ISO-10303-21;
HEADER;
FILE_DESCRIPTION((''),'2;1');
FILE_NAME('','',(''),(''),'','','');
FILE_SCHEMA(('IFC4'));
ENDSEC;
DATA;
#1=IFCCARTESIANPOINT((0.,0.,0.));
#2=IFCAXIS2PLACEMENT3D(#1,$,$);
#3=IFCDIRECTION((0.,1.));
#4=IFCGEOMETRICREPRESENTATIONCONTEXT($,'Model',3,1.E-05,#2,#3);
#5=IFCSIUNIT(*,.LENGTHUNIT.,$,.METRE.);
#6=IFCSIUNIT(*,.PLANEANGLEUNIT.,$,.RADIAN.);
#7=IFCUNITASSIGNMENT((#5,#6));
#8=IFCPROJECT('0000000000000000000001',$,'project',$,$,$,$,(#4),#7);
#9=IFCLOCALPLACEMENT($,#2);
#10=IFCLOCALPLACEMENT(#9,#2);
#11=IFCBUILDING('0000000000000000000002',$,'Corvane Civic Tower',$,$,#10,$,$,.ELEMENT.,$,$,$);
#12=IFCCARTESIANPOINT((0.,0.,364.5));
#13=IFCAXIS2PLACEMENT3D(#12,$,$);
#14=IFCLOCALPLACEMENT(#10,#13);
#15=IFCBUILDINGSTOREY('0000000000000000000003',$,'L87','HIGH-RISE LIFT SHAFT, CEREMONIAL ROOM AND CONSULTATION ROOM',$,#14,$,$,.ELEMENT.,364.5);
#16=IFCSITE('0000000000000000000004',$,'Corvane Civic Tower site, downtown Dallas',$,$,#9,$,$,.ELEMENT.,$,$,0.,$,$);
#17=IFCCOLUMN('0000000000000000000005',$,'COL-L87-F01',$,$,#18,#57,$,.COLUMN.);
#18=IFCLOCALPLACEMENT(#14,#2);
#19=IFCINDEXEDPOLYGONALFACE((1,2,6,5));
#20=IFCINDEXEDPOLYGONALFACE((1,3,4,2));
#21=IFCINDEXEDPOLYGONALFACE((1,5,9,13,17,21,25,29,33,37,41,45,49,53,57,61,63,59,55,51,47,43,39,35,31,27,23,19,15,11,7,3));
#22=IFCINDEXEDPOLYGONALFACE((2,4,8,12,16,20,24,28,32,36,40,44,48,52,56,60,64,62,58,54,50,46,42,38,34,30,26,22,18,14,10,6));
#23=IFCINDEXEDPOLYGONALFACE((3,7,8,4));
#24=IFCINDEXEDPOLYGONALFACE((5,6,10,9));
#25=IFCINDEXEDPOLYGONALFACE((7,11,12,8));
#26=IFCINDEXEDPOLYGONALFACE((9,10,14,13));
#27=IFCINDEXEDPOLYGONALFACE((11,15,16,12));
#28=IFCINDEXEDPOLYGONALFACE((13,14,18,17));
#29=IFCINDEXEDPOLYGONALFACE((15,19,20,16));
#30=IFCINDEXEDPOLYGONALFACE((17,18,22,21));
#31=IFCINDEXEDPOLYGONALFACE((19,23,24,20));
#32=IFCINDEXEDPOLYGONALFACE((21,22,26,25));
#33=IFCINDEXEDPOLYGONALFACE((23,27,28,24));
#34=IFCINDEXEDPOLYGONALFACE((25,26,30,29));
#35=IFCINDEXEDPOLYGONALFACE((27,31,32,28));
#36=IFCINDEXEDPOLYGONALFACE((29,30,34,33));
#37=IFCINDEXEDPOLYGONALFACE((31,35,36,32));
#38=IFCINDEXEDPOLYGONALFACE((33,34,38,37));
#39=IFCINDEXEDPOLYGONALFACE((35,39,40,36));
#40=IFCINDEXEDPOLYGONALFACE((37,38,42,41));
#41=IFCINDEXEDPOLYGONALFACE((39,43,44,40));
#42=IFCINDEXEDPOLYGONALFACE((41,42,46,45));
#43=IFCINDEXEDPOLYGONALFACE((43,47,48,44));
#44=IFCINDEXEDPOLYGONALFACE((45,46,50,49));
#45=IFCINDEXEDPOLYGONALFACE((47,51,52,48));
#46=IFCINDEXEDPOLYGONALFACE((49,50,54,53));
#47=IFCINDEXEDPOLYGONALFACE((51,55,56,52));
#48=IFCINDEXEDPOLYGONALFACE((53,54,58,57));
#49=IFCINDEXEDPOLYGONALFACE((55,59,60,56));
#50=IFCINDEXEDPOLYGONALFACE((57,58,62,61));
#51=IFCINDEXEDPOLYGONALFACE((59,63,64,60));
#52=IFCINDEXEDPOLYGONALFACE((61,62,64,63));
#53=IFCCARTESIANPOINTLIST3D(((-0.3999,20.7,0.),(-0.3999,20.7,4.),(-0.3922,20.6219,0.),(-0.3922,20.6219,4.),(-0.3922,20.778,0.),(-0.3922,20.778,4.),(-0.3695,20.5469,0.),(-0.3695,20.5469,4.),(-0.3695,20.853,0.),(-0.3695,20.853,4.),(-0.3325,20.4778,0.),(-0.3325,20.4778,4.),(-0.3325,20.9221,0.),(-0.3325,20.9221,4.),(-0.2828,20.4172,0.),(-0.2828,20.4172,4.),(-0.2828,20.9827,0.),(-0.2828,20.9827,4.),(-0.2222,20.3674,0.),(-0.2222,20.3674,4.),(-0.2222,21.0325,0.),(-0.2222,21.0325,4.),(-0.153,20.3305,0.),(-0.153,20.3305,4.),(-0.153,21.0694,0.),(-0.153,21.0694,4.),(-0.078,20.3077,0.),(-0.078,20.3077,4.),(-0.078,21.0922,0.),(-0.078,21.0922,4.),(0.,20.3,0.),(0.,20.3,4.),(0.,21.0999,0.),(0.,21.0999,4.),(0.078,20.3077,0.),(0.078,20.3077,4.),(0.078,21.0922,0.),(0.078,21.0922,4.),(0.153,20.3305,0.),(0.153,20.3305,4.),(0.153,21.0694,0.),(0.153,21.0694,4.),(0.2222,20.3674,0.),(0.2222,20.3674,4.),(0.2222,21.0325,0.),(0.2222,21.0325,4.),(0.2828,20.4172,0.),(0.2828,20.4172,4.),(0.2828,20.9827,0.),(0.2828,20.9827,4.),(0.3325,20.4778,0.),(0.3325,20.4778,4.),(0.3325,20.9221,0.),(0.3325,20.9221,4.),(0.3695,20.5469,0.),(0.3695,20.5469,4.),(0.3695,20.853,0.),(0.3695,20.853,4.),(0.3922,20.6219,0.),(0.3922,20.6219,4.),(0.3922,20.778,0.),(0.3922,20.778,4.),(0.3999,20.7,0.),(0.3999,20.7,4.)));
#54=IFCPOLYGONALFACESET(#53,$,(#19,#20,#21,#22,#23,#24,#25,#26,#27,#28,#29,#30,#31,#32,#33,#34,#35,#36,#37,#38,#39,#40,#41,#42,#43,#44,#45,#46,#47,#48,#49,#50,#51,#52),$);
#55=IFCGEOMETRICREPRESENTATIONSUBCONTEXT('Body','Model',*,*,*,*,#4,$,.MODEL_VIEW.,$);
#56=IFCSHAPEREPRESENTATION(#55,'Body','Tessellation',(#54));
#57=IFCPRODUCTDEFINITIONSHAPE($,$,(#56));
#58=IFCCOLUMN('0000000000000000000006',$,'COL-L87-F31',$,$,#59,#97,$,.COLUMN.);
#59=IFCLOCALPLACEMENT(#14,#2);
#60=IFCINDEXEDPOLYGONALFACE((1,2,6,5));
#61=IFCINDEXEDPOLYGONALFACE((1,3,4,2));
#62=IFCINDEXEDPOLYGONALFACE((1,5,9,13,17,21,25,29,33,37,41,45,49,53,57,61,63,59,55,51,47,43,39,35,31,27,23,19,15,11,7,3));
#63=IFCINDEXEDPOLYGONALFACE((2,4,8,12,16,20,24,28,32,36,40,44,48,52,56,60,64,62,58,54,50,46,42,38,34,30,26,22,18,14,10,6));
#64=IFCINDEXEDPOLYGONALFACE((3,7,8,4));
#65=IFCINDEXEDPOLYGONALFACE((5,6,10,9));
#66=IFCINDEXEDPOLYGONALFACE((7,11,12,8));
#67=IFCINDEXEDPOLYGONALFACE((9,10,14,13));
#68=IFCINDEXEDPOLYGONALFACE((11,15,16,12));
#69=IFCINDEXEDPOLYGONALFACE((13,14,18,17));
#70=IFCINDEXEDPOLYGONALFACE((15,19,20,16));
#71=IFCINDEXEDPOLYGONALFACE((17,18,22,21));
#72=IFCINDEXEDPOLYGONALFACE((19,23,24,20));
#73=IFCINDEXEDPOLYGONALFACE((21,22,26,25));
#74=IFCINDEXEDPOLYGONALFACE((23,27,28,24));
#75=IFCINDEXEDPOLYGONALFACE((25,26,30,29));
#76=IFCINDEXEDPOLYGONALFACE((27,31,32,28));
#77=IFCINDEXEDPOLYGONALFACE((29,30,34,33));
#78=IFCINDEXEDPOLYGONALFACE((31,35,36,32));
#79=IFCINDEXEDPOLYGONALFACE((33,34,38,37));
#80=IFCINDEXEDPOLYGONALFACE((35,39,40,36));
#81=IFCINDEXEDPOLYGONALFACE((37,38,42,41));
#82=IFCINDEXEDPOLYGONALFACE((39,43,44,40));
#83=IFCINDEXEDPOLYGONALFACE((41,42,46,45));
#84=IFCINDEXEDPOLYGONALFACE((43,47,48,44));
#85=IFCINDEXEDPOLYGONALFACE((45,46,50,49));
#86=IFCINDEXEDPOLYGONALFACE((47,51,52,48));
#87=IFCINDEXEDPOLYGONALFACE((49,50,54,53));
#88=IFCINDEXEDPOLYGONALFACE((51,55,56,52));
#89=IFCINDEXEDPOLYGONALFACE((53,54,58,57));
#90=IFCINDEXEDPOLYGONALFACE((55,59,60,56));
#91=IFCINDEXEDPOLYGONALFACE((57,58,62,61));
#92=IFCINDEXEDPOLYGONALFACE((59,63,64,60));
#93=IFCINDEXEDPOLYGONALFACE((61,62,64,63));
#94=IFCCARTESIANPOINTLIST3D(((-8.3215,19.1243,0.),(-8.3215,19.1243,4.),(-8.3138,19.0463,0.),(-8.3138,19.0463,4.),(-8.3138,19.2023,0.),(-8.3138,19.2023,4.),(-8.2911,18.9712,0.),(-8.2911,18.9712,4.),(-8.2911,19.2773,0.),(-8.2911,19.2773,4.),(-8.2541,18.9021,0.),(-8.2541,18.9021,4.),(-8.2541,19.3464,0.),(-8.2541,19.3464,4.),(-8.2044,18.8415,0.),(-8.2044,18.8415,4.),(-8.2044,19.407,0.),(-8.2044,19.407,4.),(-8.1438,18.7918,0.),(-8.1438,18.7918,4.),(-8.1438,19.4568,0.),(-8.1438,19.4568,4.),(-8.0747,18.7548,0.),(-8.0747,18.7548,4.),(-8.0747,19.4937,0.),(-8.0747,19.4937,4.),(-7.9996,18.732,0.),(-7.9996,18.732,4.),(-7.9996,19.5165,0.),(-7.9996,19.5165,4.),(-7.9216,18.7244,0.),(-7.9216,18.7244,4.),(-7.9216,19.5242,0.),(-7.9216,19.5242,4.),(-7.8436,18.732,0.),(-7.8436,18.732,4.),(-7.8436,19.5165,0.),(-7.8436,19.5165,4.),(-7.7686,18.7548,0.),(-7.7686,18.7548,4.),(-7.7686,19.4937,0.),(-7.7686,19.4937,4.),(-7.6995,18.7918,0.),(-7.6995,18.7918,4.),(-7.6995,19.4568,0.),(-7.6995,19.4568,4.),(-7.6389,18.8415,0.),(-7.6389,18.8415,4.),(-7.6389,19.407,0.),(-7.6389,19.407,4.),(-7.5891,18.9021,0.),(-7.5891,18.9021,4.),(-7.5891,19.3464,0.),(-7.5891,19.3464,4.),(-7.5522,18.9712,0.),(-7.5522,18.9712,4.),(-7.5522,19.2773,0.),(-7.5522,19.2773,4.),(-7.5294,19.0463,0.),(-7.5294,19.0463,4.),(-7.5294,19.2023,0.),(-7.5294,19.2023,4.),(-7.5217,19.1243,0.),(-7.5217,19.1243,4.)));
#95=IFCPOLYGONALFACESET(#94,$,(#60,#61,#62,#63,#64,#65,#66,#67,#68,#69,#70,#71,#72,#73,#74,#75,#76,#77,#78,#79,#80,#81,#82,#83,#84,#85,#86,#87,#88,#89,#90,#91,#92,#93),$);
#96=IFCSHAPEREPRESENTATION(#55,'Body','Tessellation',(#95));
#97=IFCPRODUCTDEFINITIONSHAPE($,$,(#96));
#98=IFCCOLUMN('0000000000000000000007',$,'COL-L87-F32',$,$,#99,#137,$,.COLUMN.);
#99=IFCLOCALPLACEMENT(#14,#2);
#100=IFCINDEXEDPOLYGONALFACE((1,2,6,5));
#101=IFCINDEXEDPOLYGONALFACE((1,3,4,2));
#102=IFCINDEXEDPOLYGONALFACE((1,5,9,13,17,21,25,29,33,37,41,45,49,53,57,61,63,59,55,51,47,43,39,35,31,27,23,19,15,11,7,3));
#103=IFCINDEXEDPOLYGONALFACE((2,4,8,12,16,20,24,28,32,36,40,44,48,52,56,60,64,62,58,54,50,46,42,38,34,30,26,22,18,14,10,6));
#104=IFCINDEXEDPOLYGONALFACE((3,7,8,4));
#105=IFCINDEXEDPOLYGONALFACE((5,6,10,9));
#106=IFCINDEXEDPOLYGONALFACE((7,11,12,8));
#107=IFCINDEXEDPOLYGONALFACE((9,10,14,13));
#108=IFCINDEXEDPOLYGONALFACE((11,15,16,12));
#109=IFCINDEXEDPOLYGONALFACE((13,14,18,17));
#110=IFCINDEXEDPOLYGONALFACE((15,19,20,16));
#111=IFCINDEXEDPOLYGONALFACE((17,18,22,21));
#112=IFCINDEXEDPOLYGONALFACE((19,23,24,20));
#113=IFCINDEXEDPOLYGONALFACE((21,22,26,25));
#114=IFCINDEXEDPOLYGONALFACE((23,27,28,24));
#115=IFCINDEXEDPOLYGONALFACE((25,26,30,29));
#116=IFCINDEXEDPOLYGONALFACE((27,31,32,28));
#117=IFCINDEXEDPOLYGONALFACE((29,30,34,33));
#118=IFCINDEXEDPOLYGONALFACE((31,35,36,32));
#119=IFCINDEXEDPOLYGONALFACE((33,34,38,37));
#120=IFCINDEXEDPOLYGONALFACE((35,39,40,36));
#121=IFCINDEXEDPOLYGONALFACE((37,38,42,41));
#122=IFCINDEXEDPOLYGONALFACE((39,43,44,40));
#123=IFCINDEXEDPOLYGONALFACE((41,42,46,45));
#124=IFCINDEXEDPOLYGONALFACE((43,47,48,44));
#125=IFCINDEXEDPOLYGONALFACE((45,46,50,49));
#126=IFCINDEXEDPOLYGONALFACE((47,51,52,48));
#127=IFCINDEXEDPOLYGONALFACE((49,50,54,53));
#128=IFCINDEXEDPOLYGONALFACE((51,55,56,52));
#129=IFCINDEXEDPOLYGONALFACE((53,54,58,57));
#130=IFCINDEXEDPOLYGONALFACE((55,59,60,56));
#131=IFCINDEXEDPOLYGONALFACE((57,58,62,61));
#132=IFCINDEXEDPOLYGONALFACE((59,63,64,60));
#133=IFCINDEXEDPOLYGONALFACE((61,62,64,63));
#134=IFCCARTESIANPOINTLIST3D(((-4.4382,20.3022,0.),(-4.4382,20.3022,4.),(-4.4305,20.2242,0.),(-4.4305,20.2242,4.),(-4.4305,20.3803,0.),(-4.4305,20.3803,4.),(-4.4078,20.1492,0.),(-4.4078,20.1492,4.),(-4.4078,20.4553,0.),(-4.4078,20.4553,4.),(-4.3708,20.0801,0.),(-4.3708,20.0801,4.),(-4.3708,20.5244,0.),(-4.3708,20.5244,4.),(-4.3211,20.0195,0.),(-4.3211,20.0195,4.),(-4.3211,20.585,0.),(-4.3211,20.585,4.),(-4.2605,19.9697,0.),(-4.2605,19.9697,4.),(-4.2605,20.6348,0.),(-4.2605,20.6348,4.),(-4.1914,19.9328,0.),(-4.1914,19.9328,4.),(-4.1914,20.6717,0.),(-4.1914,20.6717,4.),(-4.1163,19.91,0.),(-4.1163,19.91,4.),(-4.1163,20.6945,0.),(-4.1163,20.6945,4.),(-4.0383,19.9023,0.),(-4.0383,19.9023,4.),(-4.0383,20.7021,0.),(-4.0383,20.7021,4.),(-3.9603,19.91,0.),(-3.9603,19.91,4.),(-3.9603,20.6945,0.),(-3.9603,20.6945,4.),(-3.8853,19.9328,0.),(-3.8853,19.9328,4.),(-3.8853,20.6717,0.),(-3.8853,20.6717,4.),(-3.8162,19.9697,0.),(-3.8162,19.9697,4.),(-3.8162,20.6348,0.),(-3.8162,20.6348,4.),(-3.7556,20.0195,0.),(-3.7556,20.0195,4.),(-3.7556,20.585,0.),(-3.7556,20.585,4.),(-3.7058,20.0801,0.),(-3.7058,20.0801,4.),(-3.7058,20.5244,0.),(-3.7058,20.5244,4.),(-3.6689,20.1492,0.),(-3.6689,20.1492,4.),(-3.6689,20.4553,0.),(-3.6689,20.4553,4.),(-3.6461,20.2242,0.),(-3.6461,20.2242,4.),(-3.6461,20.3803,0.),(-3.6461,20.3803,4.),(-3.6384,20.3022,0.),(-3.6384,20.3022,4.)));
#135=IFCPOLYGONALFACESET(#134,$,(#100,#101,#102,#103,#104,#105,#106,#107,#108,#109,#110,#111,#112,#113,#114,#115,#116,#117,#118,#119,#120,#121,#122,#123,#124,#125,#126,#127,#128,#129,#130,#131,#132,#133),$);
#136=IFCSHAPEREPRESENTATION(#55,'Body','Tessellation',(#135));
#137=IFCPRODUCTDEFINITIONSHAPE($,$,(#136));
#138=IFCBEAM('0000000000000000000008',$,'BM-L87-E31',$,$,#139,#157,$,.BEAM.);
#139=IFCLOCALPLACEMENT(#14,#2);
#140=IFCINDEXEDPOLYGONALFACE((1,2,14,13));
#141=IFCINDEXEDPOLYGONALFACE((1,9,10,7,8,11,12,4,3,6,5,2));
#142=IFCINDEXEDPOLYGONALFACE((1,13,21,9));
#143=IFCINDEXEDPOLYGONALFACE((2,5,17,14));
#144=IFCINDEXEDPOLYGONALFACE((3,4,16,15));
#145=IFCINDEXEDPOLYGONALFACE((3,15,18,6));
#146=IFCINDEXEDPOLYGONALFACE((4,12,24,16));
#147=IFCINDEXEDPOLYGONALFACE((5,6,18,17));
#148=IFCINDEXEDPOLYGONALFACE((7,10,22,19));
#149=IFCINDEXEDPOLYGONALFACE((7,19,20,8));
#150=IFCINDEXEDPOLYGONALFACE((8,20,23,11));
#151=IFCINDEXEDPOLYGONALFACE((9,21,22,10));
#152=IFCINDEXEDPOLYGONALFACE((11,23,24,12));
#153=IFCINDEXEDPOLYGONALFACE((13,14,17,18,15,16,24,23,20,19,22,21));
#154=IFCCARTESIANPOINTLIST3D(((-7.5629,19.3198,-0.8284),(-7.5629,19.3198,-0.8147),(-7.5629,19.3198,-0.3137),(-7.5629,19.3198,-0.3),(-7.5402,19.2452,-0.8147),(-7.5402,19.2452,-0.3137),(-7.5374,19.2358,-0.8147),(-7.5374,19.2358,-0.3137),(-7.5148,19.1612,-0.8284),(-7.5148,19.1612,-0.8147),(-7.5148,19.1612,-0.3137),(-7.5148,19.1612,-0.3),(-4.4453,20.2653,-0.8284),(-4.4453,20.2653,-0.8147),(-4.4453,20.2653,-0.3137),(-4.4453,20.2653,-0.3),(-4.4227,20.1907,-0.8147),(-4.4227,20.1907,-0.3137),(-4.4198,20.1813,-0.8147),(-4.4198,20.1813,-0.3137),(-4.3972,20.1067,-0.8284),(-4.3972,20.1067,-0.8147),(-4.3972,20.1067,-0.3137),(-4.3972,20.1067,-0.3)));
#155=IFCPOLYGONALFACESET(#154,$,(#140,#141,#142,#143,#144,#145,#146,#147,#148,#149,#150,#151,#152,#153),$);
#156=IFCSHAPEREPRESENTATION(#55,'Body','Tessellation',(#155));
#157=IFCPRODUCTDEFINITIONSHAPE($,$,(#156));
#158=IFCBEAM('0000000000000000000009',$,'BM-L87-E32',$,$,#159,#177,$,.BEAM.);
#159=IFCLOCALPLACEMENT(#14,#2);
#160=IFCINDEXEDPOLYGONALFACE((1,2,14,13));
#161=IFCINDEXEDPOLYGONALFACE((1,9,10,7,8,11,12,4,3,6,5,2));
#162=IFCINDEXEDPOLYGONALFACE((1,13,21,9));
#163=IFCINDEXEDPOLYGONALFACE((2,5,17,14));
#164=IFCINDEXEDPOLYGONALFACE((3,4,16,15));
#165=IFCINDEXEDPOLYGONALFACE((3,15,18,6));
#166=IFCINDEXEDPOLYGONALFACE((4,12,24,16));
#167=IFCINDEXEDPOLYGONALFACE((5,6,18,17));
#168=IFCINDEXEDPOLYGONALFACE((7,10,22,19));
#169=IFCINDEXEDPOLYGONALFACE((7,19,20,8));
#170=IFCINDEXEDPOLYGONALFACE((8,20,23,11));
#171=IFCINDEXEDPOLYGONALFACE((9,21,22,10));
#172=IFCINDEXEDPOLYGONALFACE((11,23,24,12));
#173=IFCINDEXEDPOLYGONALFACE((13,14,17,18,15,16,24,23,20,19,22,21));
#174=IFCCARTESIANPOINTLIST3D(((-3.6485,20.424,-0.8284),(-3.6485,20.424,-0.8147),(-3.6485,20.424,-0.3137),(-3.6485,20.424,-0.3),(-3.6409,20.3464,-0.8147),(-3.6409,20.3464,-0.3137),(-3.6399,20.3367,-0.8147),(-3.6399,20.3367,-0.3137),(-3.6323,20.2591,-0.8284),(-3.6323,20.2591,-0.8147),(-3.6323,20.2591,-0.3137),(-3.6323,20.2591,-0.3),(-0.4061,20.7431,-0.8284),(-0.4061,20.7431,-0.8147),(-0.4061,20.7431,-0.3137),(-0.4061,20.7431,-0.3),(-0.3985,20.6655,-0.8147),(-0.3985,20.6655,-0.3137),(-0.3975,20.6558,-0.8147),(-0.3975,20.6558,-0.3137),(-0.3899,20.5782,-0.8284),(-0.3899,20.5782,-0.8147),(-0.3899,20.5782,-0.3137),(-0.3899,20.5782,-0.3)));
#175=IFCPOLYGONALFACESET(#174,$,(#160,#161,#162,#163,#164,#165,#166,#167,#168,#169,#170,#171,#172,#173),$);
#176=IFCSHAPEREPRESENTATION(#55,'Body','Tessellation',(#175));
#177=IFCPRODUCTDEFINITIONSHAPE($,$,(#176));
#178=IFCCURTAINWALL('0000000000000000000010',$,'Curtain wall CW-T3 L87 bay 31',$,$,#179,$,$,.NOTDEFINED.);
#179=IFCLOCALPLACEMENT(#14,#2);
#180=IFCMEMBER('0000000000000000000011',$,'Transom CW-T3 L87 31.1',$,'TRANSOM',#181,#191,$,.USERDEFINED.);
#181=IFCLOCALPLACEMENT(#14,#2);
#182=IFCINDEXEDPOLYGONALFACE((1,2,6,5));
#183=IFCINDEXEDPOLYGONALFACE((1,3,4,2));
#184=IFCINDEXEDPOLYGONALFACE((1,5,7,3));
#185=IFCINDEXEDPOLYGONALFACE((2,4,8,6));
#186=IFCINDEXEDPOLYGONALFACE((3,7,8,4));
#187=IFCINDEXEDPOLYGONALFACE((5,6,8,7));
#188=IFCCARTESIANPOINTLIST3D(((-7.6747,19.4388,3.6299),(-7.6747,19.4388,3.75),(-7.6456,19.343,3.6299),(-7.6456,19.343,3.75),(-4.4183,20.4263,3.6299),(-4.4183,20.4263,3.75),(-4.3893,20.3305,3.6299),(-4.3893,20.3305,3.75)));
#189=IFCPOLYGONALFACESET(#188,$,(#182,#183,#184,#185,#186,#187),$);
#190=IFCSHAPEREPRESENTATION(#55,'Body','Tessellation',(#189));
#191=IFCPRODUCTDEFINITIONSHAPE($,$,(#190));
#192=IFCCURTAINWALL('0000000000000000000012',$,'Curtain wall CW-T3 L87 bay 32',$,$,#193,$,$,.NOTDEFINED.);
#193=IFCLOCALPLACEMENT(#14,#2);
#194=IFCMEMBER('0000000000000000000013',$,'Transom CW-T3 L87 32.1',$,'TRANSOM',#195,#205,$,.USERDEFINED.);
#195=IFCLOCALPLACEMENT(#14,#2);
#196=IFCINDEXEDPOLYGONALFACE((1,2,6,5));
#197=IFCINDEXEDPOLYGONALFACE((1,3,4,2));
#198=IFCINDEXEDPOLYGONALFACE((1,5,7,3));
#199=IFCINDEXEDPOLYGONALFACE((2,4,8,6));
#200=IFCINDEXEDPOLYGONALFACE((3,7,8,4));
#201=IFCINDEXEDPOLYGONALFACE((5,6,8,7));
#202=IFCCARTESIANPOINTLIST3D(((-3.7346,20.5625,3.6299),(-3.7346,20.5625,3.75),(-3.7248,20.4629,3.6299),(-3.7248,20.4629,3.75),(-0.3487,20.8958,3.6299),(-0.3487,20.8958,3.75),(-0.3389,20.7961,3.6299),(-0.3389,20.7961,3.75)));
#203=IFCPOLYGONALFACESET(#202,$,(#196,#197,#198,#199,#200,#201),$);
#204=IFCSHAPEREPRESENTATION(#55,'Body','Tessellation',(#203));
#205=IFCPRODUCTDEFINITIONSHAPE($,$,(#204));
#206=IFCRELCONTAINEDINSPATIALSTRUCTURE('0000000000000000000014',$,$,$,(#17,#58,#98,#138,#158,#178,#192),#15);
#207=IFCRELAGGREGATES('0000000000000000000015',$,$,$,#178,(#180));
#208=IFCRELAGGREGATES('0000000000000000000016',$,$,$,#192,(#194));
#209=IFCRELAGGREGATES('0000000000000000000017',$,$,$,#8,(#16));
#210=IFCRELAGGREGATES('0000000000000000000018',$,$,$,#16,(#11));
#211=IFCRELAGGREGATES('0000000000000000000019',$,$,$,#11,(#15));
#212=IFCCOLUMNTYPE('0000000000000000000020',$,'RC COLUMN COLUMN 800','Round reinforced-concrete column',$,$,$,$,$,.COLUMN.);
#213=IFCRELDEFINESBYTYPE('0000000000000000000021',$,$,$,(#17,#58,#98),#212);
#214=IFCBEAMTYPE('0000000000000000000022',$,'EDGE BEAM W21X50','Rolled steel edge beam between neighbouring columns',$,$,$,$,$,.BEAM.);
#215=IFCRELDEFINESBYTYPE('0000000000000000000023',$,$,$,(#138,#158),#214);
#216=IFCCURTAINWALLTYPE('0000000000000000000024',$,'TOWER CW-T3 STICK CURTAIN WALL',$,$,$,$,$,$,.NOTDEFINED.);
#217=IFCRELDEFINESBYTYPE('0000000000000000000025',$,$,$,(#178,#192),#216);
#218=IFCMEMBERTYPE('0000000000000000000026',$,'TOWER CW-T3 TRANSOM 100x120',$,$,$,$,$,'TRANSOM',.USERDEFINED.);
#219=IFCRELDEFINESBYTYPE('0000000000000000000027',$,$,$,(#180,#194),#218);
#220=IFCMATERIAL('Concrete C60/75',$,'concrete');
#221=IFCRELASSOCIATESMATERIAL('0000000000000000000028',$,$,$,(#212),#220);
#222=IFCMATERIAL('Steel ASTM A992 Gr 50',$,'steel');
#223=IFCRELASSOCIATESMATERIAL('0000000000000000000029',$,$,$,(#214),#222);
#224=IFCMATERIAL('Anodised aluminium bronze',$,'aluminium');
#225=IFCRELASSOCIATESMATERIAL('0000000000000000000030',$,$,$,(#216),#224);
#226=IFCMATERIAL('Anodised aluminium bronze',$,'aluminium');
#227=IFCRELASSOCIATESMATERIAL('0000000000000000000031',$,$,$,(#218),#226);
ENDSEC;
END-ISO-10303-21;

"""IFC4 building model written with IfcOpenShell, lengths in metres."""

from ifc_helpers import new_model, si_unit, direction, frame, origin, origin_2d, place, context, subcontext, project, spatial, rectangle, circle, i_section, extrude, material, material_profile, profile_set, type_object, element, aggregate, save


model = new_model("IFC4")

# Units and contexts
model_context = context("Model", 3, precision=1e-05, world=origin(), true_north=direction((0.0, 1.0)))
body_context = subcontext(model_context, "Body", "Model", "MODEL_VIEW")
ifc_project = project(units=[si_unit("LENGTHUNIT", "METRE"), si_unit("PLANEANGLEUNIT", "RADIAN")], contexts=[model_context])

# Site, building, storey
site_placement = place(None, origin())
site = spatial("IfcSite", under=ifc_project, at=site_placement, Name="Corvane Civic Tower site, downtown Dallas", CompositionType="ELEMENT", RefElevation=0.0)
building_placement = place(site_placement, origin())
building = spatial("IfcBuilding", under=site, at=building_placement, Name="Corvane Civic Tower", CompositionType="ELEMENT")
storey_placement = place(building_placement, frame((0.0, 0.0, 364.5)))
storey = spatial("IfcBuildingStorey", under=building, at=storey_placement, Name="L87", Description="HIGH-RISE LIFT SHAFT, CEREMONIAL ROOM AND CONSULTATION ROOM", CompositionType="ELEMENT", Elevation=364.5)

# Columns
ifc_material_1 = material(Name="Concrete C60/75", Category="concrete")
ifc_material_profile_1 = material_profile(ifc_material_1, circle(Radius=0.3999, at=origin_2d()), Name="COLUMN 800")
ifc_profile_set_1 = profile_set([ifc_material_profile_1], Name="Concrete C60/75")
column_type = type_object("IfcColumnType", Name="RC COLUMN COLUMN 800", Description="Round reinforced-concrete column", PredefinedType="COLUMN", material=ifc_profile_set_1)
for number, where, z_axis, x_axis, name in (
    (1, (0.0, 20.7, 0.0), (0.0, 0.0, 1.0), (1.0, 0.0, 0.0), "COL-L87-F01"),
    (2, (-7.9216, 19.1243, 0.0), (0.0, 0.0, 1.0), (1.0, 0.0, 0.0), "COL-L87-F31"),
    (3, (-4.0383, 20.3022, 0.0), (0.0, 0.0, 1.0), (1.0, 0.0, 0.0), "COL-L87-F32"),
):
    element("IfcColumn", number, at=place(storey_placement, frame(where, z_axis=z_axis, x_axis=x_axis)), inside=storey, type_object=column_type, Name=name, PredefinedType="COLUMN", context=body_context, shape_type="SweptSolid", body=[
        extrude(circle(Radius=0.3999, at=origin_2d()), origin(), (0.0, 0.0, 1.0), 4.0),
    ])

# Beams
ifc_material_2 = material(Name="Steel ASTM A992 Gr 50", Category="steel")
ifc_material_profile_2 = material_profile(ifc_material_2, i_section(OverallWidth=0.1658, OverallDepth=0.5283, WebThickness=0.0098, FlangeThickness=0.0137, at=origin_2d()), Name="W21X50")
ifc_profile_set_2 = profile_set([ifc_material_profile_2], Name="Steel ASTM A992 Gr 50")
beam_type = type_object("IfcBeamType", Name="EDGE BEAM W21X50", Description="Rolled steel edge beam between neighbouring columns", PredefinedType="BEAM", material=ifc_profile_set_2)
beam_1_placement = place(storey_placement, frame((-7.5388, 19.2405, -0.5642), z_axis=(0.956956, 0.290234, 0.0), x_axis=(-0.290234, 0.956956, 0.0)))
element("IfcBeam", 4, at=beam_1_placement, inside=storey, type_object=beam_type, Name="BM-L87-E31", PredefinedType="BEAM", context=body_context, shape_type="SweptSolid", body=[
    extrude(i_section(OverallWidth=0.1658, OverallDepth=0.5283, WebThickness=0.0098, FlangeThickness=0.0137, at=origin_2d()), origin(), (0.0, 0.0, 1.0), 3.2578),
])
beam_2_placement = place(storey_placement, frame((-3.6404, 20.3416, -0.5642), z_axis=(0.995193, 0.097938, 0.0), x_axis=(-0.097938, 0.995193, 0.0)))
element("IfcBeam", 5, at=beam_2_placement, inside=storey, type_object=beam_type, Name="BM-L87-E32", PredefinedType="BEAM", context=body_context, shape_type="SweptSolid", body=[
    extrude(i_section(OverallWidth=0.1658, OverallDepth=0.5283, WebThickness=0.0098, FlangeThickness=0.0137, at=origin_2d()), origin(), (0.0, 0.0, 1.0), 3.2581),
])

# Curtain walls, members
ifc_material_3 = material(Name="Anodised aluminium bronze", Category="aluminium")
curtain_wall_type = type_object("IfcCurtainWallType", Name="TOWER CW-T3 STICK CURTAIN WALL", PredefinedType="NOTDEFINED", material=ifc_material_3)
curtain_wall_1_placement = place(storey_placement, origin())
curtain_wall_1 = element("IfcCurtainWall", 6, at=curtain_wall_1_placement, inside=storey, type_object=curtain_wall_type, Name="Curtain wall CW-T3 L87 bay 31", PredefinedType="NOTDEFINED")
ifc_material_4 = material(Name="Anodised aluminium bronze", Category="aluminium")
ifc_material_profile_3 = material_profile(ifc_material_4, rectangle(XDim=0.1001, YDim=0.1201, at=origin_2d()), Name="TOWER CW-T3 TRANSOM 100x120")
ifc_profile_set_3 = profile_set([ifc_material_profile_3], Name="Anodised aluminium bronze")
member_type = type_object("IfcMemberType", Name="TOWER CW-T3 TRANSOM 100x120", ElementType="TRANSOM", PredefinedType="USERDEFINED", material=ifc_profile_set_3)
member_1_placement = place(storey_placement, frame((-7.6602, 19.3909, 3.6899), z_axis=(0.956961, 0.290216, 0.0), x_axis=(-0.290216, 0.956961, 0.0)))
member_1 = element("IfcMember", 7, at=member_1_placement, type_object=member_type, Name="Transom CW-T3 L87 31.1", ObjectType="TRANSOM", PredefinedType="USERDEFINED", context=body_context, shape_type="SweptSolid", body=[
    extrude(rectangle(XDim=0.1001, YDim=0.1201, at=origin_2d()), origin(), (0.0, 0.0, 1.0), 3.4028),
])
curtain_wall_2_placement = place(storey_placement, origin())
curtain_wall_2 = element("IfcCurtainWall", 8, at=curtain_wall_2_placement, inside=storey, type_object=curtain_wall_type, Name="Curtain wall CW-T3 L87 bay 32", PredefinedType="NOTDEFINED")
member_2_placement = place(storey_placement, frame((-3.7297, 20.5127, 3.6899), z_axis=(0.995192, 0.097948, 0.0), x_axis=(-0.097948, 0.995192, 0.0)))
member_2 = element("IfcMember", 9, at=member_2_placement, type_object=member_type, Name="Transom CW-T3 L87 32.1", ObjectType="TRANSOM", PredefinedType="USERDEFINED", context=body_context, shape_type="SweptSolid", body=[
    extrude(rectangle(XDim=0.1001, YDim=0.1201, at=origin_2d()), origin(), (0.0, 0.0, 1.0), 3.4023),
])

aggregate(curtain_wall_1, [member_1])
aggregate(curtain_wall_2, [member_2])

save(model, "model.ifc")
